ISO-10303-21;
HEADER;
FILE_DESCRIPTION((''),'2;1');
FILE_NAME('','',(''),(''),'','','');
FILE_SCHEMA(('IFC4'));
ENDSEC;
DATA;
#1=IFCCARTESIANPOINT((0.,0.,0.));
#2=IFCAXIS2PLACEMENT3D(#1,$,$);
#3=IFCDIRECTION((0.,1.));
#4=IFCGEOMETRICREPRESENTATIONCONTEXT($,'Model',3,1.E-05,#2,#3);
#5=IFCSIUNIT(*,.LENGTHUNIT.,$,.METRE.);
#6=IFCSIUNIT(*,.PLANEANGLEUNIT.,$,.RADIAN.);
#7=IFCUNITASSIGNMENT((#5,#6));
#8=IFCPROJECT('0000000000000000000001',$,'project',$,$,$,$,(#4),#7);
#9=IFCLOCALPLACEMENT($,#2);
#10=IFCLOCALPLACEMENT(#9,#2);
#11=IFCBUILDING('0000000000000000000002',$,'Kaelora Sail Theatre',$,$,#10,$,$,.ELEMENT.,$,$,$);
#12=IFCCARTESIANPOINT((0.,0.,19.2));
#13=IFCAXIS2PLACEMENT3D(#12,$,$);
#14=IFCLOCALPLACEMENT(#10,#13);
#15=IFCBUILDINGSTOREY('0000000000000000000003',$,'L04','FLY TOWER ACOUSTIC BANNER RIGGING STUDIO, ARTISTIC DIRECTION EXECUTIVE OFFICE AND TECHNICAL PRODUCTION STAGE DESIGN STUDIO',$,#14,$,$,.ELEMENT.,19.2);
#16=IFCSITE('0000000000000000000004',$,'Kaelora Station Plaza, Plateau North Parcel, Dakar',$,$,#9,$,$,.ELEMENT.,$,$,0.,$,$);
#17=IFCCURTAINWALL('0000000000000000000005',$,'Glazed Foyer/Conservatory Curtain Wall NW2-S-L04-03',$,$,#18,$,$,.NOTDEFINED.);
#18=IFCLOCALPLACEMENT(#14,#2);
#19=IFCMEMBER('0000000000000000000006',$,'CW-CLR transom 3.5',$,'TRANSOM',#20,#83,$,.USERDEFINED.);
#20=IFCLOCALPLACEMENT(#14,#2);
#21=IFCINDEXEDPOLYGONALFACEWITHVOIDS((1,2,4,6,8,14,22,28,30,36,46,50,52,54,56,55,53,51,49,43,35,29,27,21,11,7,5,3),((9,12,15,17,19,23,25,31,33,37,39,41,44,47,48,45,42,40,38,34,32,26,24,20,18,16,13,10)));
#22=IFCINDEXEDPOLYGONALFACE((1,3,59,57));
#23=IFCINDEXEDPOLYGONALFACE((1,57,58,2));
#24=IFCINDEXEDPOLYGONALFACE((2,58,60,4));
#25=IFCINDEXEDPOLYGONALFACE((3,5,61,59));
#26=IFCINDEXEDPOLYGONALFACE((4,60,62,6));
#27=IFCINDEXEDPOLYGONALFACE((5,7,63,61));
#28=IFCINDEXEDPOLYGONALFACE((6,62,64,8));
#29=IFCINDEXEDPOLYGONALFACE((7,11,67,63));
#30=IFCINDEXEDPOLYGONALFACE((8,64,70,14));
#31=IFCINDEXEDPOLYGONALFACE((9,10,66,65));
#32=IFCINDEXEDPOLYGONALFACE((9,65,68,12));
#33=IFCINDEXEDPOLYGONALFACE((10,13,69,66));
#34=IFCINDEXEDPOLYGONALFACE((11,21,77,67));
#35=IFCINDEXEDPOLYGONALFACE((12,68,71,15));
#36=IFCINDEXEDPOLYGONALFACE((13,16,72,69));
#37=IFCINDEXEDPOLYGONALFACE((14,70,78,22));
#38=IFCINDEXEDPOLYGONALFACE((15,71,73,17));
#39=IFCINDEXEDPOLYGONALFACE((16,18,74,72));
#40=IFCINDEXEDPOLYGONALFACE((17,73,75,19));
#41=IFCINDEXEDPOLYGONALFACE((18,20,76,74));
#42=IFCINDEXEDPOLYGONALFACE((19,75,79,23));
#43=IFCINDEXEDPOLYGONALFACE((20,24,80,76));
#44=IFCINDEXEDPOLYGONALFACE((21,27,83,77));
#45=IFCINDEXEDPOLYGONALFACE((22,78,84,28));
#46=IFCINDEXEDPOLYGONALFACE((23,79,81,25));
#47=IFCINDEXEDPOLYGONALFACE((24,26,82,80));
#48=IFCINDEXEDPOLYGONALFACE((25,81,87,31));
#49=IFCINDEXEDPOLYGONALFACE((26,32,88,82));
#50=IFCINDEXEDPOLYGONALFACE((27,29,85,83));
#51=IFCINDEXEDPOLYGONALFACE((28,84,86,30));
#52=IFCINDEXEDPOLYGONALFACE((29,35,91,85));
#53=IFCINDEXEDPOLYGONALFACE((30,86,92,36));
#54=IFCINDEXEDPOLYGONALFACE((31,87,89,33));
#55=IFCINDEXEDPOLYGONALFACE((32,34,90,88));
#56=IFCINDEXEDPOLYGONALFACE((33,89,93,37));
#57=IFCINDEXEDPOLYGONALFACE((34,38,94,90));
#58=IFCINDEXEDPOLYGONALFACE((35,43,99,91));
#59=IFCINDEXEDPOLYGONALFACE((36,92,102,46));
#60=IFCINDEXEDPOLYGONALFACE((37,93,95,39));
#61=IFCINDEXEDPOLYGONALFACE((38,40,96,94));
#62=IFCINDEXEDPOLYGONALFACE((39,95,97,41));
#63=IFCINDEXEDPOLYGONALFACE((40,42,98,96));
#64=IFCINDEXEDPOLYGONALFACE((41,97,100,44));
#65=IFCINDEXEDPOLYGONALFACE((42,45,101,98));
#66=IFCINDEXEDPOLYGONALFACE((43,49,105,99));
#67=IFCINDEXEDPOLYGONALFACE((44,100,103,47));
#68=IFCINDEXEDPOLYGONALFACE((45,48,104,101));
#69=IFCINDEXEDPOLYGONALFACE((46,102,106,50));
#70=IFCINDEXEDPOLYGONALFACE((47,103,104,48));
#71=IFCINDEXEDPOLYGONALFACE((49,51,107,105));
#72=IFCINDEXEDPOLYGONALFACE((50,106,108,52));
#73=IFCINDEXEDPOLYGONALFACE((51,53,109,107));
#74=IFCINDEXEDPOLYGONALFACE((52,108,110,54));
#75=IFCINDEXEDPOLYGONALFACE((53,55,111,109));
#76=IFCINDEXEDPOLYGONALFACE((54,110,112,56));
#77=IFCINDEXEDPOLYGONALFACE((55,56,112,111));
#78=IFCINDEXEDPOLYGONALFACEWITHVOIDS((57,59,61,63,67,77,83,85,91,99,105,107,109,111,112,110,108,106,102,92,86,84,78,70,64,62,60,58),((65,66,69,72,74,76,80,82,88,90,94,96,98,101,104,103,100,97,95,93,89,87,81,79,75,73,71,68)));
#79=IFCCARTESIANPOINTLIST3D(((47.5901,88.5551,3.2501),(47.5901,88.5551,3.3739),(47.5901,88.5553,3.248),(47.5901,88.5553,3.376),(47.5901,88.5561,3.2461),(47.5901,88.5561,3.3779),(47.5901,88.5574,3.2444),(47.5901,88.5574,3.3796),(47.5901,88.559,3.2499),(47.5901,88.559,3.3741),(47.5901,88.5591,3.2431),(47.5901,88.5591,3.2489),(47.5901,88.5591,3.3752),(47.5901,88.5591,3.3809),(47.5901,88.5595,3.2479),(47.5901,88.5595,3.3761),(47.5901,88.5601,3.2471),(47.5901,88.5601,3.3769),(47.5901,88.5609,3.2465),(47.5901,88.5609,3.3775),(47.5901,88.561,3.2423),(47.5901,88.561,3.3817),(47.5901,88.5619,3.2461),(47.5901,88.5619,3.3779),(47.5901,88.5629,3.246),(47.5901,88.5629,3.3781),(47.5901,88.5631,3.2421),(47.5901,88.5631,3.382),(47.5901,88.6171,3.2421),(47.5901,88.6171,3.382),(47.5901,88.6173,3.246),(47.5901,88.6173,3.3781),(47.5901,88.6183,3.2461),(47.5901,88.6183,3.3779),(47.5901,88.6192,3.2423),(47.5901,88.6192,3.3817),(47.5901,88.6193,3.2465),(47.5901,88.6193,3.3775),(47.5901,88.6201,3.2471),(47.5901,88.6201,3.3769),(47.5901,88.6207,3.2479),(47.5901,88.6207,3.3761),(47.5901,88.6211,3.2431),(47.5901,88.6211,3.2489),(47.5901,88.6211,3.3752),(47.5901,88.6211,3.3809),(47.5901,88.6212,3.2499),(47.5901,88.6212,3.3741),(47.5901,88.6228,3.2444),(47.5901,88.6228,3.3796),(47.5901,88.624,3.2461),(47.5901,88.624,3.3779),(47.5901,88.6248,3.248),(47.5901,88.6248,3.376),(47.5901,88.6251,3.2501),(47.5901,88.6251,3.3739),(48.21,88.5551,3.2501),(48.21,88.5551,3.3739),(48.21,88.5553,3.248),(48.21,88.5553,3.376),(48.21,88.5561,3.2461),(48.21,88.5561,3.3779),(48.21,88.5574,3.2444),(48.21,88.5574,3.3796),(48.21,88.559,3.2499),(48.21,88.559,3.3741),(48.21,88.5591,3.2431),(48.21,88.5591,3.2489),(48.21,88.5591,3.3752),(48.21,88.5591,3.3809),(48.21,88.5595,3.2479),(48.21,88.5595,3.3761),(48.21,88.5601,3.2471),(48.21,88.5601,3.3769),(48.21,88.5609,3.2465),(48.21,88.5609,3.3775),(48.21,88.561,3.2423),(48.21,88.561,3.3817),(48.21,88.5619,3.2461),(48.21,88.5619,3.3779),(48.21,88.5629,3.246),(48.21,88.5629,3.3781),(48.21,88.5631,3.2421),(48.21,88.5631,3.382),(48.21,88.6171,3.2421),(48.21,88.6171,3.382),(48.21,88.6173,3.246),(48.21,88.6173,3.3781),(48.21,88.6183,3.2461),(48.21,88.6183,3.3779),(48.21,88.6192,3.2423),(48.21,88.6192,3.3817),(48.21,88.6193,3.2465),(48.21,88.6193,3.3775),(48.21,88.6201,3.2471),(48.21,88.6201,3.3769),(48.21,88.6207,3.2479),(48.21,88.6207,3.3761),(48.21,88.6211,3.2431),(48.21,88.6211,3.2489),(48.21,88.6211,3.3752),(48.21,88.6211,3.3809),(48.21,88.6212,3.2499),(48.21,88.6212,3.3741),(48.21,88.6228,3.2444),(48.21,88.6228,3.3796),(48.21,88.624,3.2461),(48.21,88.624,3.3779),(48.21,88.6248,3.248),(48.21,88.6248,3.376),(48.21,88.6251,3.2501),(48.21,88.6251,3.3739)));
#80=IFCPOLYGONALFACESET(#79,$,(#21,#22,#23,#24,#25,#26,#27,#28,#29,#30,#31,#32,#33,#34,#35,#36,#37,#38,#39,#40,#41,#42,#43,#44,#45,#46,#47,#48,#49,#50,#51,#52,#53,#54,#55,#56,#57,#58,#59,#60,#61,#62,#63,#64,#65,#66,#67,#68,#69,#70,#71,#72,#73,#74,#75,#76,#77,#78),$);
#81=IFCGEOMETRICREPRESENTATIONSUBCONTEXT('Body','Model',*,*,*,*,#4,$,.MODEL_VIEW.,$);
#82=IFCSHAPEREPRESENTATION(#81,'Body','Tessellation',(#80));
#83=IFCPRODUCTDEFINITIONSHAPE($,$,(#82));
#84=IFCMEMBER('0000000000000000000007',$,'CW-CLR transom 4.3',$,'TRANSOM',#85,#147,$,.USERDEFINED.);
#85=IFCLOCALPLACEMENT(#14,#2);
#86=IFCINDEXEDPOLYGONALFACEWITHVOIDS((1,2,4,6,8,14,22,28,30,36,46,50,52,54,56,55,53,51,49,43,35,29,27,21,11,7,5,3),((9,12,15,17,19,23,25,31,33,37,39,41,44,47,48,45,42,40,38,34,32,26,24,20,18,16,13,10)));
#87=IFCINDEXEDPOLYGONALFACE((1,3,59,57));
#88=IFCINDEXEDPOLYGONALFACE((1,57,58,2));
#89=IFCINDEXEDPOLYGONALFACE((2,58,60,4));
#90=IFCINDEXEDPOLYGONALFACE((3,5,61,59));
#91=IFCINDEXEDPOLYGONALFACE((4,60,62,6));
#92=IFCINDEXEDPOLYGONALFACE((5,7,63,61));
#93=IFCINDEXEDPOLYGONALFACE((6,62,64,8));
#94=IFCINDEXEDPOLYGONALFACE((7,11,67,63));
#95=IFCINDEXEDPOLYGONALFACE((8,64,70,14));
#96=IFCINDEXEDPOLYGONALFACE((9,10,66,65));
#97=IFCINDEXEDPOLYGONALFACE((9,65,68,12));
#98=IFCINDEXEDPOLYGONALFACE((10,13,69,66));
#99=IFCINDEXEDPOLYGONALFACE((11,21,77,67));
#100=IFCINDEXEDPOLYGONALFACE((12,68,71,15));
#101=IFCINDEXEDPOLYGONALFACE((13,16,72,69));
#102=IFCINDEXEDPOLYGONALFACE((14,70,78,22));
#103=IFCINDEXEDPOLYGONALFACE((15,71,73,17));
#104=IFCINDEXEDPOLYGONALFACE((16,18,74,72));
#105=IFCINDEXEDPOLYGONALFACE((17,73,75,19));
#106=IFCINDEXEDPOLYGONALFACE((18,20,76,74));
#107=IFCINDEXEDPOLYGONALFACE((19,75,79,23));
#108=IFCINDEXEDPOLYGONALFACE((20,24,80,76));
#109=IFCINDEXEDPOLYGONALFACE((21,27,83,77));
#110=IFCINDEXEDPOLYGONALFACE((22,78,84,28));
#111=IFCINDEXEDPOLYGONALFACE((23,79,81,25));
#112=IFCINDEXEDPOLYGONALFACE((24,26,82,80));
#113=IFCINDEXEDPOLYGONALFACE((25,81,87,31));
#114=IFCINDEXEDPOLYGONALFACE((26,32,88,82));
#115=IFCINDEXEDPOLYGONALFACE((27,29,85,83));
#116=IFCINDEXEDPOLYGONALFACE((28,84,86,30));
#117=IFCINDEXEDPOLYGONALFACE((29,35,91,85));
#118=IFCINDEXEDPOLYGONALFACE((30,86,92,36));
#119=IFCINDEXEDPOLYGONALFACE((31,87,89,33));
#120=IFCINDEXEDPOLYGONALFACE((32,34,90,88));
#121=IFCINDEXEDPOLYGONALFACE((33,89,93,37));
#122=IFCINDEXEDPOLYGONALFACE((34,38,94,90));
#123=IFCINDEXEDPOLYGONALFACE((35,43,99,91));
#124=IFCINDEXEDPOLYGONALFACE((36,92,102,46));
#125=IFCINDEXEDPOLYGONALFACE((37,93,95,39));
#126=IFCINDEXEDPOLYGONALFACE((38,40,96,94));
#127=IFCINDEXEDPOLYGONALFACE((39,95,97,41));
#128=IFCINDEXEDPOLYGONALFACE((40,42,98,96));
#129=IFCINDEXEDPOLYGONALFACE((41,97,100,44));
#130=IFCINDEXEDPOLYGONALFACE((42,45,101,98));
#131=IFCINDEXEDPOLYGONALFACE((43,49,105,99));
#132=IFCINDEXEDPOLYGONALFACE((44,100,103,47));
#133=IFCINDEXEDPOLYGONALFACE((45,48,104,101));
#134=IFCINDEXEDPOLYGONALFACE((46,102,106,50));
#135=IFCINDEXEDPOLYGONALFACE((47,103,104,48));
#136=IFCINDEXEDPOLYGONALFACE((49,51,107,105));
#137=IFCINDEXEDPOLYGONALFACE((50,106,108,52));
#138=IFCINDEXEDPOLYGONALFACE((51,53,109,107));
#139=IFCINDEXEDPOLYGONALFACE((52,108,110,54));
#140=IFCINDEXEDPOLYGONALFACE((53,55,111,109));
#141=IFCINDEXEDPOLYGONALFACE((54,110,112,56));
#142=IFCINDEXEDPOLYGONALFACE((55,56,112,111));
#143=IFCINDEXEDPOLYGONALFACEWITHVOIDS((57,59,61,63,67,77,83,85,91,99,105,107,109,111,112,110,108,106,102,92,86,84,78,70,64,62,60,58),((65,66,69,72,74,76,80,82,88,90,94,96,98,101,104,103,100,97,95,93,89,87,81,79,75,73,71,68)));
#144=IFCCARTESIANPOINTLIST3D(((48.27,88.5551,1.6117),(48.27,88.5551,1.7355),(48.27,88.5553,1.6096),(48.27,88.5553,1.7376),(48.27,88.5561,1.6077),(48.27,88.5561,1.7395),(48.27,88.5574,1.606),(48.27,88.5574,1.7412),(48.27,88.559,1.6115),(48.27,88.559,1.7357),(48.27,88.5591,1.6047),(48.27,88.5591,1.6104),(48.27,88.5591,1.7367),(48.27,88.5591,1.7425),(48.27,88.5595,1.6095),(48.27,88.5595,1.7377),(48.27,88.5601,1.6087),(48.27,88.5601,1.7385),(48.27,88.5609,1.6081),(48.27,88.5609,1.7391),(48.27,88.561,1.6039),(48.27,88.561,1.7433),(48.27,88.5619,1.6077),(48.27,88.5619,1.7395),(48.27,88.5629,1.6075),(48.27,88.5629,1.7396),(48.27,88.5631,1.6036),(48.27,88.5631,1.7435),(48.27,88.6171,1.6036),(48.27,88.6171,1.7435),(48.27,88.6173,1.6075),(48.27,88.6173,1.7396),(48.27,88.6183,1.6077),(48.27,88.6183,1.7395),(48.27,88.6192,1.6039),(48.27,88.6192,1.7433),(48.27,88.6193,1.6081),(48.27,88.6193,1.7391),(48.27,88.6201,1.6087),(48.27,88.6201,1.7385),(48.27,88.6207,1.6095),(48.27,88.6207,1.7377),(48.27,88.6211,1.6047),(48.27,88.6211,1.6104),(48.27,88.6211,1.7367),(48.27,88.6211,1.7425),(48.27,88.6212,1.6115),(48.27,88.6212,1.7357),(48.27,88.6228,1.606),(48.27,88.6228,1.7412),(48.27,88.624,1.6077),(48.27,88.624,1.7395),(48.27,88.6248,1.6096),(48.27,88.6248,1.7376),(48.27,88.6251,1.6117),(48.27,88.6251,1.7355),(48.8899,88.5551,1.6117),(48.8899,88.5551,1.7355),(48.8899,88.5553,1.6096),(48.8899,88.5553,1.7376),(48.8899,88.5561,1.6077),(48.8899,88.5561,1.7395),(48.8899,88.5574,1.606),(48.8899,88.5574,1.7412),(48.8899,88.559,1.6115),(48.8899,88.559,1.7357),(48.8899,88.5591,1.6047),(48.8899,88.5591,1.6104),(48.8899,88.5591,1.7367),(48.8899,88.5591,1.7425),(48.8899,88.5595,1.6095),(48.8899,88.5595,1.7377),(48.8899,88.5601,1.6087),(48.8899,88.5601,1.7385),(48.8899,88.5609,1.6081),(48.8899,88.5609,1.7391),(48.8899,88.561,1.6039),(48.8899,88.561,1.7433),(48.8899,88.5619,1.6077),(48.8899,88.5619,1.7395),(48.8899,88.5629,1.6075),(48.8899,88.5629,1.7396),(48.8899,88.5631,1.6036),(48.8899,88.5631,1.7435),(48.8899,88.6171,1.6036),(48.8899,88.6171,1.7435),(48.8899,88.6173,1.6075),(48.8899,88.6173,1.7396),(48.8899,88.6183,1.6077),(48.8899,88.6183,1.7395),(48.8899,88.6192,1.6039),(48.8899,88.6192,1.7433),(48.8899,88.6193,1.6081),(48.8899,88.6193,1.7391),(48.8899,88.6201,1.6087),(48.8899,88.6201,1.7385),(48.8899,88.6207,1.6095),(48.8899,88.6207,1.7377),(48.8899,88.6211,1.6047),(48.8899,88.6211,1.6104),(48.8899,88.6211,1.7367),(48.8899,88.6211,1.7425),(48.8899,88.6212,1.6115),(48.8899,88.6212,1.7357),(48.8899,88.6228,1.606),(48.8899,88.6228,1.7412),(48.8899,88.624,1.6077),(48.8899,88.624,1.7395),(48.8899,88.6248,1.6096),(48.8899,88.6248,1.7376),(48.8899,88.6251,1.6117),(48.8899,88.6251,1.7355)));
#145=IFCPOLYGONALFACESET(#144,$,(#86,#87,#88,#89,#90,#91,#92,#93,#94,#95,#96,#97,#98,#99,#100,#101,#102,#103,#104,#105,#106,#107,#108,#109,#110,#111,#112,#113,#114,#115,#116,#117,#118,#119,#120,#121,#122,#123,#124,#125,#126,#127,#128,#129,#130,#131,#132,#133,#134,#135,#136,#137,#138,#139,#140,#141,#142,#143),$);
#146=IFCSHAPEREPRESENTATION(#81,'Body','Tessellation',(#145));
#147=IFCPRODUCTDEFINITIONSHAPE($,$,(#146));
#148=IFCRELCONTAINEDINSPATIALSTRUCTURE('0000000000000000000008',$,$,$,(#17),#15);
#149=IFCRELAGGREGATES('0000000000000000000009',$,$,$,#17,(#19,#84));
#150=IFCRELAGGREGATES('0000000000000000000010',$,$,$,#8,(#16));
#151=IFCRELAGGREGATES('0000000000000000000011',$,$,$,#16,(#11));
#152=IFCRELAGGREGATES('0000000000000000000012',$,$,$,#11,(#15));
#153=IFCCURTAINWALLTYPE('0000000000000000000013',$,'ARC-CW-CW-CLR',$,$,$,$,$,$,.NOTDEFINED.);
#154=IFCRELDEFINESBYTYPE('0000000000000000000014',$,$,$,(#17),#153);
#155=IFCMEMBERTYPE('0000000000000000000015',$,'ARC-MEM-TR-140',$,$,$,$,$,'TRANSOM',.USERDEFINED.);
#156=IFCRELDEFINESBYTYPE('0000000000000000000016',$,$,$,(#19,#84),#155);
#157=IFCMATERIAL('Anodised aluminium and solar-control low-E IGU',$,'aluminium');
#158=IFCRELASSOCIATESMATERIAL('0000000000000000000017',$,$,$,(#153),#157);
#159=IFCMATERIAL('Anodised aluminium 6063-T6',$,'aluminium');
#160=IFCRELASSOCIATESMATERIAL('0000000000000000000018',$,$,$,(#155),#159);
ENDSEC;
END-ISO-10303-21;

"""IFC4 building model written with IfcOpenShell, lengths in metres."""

from ifc_helpers import new_model, si_unit, direction, frame, origin, origin_2d, place, context, subcontext, project, spatial, hollow_rectangle, extrude, material, material_profile, profile_set, type_object, element, aggregate, save


model = new_model("IFC4")

# Units and contexts
model_context = context("Model", 3, precision=1e-05, world=origin(), true_north=direction((0.0, 1.0)))
body_context = subcontext(model_context, "Body", "Model", "MODEL_VIEW")
ifc_project = project(units=[si_unit("LENGTHUNIT", "METRE"), si_unit("PLANEANGLEUNIT", "RADIAN")], contexts=[model_context])

# Site, building, storey
site_placement = place(None, origin())
site = spatial("IfcSite", under=ifc_project, at=site_placement, Name="Kaelora Station Plaza, Plateau North Parcel, Dakar", CompositionType="ELEMENT", RefElevation=0.0)
building_placement = place(site_placement, origin())
building = spatial("IfcBuilding", under=site, at=building_placement, Name="Kaelora Sail Theatre", CompositionType="ELEMENT")
storey_placement = place(building_placement, frame((0.0, 0.0, 19.2)))
storey = spatial("IfcBuildingStorey", under=building, at=storey_placement, Name="L04", Description="FLY TOWER ACOUSTIC BANNER RIGGING STUDIO, ARTISTIC DIRECTION EXECUTIVE OFFICE AND TECHNICAL PRODUCTION STAGE DESIGN STUDIO", CompositionType="ELEMENT", Elevation=19.2)

# Curtain wall, members
ifc_material_1 = material(Name="Anodised aluminium and solar-control low-E IGU", Category="aluminium")
curtain_wall_type = type_object("IfcCurtainWallType", Name="ARC-CW-CW-CLR", PredefinedType="NOTDEFINED", material=ifc_material_1)
curtain_wall_placement = place(storey_placement, origin())
curtain_wall = element("IfcCurtainWall", 1, at=curtain_wall_placement, inside=storey, type_object=curtain_wall_type, Name="Glazed Foyer/Conservatory Curtain Wall NW2-S-L04-03", PredefinedType="NOTDEFINED")
ifc_material_2 = material(Name="Anodised aluminium 6063-T6", Category="aluminium")
ifc_material_profile = material_profile(ifc_material_2, hollow_rectangle(XDim=0.0701, YDim=0.1399, WallThickness=0.0039, InnerFilletRadius=0.0039, OuterFilletRadius=0.0081, at=origin_2d()), Name="ALU-TRAN 70x140x4")
ifc_profile_set = profile_set([ifc_material_profile], Name="Anodised aluminium 6063-T6")
member_type = type_object("IfcMemberType", Name="ARC-MEM-TR-140", ElementType="TRANSOM", PredefinedType="USERDEFINED", material=ifc_profile_set)
member_1_placement = place(storey_placement, frame((47.5901, 88.5901, 3.312), z_axis=(1.0, 0.0, 0.0), x_axis=(0.0, 1.0, 0.0)))
member_1 = element("IfcMember", 2, at=member_1_placement, type_object=member_type, Name="CW-CLR transom 3.5", ObjectType="TRANSOM", PredefinedType="USERDEFINED", context=body_context, shape_type="SweptSolid", body=[
    extrude(hollow_rectangle(XDim=0.0701, YDim=0.1399, WallThickness=0.0039, InnerFilletRadius=0.0039, OuterFilletRadius=0.0081, at=origin_2d()), origin(), (0.0, 0.0, 1.0), 0.6199),
])
member_2_placement = place(storey_placement, frame((48.27, 88.5901, 1.6736), z_axis=(1.0, 0.0, 0.0), x_axis=(0.0, 1.0, 0.0)))
member_2 = element("IfcMember", 3, at=member_2_placement, type_object=member_type, Name="CW-CLR transom 4.3", ObjectType="TRANSOM", PredefinedType="USERDEFINED", context=body_context, shape_type="SweptSolid", body=[
    extrude(hollow_rectangle(XDim=0.0701, YDim=0.1399, WallThickness=0.0039, InnerFilletRadius=0.0039, OuterFilletRadius=0.0081, at=origin_2d()), origin(), (0.0, 0.0, 1.0), 0.6199),
])
aggregate(curtain_wall, [member_1, member_2])

save(model, "model.ifc")
